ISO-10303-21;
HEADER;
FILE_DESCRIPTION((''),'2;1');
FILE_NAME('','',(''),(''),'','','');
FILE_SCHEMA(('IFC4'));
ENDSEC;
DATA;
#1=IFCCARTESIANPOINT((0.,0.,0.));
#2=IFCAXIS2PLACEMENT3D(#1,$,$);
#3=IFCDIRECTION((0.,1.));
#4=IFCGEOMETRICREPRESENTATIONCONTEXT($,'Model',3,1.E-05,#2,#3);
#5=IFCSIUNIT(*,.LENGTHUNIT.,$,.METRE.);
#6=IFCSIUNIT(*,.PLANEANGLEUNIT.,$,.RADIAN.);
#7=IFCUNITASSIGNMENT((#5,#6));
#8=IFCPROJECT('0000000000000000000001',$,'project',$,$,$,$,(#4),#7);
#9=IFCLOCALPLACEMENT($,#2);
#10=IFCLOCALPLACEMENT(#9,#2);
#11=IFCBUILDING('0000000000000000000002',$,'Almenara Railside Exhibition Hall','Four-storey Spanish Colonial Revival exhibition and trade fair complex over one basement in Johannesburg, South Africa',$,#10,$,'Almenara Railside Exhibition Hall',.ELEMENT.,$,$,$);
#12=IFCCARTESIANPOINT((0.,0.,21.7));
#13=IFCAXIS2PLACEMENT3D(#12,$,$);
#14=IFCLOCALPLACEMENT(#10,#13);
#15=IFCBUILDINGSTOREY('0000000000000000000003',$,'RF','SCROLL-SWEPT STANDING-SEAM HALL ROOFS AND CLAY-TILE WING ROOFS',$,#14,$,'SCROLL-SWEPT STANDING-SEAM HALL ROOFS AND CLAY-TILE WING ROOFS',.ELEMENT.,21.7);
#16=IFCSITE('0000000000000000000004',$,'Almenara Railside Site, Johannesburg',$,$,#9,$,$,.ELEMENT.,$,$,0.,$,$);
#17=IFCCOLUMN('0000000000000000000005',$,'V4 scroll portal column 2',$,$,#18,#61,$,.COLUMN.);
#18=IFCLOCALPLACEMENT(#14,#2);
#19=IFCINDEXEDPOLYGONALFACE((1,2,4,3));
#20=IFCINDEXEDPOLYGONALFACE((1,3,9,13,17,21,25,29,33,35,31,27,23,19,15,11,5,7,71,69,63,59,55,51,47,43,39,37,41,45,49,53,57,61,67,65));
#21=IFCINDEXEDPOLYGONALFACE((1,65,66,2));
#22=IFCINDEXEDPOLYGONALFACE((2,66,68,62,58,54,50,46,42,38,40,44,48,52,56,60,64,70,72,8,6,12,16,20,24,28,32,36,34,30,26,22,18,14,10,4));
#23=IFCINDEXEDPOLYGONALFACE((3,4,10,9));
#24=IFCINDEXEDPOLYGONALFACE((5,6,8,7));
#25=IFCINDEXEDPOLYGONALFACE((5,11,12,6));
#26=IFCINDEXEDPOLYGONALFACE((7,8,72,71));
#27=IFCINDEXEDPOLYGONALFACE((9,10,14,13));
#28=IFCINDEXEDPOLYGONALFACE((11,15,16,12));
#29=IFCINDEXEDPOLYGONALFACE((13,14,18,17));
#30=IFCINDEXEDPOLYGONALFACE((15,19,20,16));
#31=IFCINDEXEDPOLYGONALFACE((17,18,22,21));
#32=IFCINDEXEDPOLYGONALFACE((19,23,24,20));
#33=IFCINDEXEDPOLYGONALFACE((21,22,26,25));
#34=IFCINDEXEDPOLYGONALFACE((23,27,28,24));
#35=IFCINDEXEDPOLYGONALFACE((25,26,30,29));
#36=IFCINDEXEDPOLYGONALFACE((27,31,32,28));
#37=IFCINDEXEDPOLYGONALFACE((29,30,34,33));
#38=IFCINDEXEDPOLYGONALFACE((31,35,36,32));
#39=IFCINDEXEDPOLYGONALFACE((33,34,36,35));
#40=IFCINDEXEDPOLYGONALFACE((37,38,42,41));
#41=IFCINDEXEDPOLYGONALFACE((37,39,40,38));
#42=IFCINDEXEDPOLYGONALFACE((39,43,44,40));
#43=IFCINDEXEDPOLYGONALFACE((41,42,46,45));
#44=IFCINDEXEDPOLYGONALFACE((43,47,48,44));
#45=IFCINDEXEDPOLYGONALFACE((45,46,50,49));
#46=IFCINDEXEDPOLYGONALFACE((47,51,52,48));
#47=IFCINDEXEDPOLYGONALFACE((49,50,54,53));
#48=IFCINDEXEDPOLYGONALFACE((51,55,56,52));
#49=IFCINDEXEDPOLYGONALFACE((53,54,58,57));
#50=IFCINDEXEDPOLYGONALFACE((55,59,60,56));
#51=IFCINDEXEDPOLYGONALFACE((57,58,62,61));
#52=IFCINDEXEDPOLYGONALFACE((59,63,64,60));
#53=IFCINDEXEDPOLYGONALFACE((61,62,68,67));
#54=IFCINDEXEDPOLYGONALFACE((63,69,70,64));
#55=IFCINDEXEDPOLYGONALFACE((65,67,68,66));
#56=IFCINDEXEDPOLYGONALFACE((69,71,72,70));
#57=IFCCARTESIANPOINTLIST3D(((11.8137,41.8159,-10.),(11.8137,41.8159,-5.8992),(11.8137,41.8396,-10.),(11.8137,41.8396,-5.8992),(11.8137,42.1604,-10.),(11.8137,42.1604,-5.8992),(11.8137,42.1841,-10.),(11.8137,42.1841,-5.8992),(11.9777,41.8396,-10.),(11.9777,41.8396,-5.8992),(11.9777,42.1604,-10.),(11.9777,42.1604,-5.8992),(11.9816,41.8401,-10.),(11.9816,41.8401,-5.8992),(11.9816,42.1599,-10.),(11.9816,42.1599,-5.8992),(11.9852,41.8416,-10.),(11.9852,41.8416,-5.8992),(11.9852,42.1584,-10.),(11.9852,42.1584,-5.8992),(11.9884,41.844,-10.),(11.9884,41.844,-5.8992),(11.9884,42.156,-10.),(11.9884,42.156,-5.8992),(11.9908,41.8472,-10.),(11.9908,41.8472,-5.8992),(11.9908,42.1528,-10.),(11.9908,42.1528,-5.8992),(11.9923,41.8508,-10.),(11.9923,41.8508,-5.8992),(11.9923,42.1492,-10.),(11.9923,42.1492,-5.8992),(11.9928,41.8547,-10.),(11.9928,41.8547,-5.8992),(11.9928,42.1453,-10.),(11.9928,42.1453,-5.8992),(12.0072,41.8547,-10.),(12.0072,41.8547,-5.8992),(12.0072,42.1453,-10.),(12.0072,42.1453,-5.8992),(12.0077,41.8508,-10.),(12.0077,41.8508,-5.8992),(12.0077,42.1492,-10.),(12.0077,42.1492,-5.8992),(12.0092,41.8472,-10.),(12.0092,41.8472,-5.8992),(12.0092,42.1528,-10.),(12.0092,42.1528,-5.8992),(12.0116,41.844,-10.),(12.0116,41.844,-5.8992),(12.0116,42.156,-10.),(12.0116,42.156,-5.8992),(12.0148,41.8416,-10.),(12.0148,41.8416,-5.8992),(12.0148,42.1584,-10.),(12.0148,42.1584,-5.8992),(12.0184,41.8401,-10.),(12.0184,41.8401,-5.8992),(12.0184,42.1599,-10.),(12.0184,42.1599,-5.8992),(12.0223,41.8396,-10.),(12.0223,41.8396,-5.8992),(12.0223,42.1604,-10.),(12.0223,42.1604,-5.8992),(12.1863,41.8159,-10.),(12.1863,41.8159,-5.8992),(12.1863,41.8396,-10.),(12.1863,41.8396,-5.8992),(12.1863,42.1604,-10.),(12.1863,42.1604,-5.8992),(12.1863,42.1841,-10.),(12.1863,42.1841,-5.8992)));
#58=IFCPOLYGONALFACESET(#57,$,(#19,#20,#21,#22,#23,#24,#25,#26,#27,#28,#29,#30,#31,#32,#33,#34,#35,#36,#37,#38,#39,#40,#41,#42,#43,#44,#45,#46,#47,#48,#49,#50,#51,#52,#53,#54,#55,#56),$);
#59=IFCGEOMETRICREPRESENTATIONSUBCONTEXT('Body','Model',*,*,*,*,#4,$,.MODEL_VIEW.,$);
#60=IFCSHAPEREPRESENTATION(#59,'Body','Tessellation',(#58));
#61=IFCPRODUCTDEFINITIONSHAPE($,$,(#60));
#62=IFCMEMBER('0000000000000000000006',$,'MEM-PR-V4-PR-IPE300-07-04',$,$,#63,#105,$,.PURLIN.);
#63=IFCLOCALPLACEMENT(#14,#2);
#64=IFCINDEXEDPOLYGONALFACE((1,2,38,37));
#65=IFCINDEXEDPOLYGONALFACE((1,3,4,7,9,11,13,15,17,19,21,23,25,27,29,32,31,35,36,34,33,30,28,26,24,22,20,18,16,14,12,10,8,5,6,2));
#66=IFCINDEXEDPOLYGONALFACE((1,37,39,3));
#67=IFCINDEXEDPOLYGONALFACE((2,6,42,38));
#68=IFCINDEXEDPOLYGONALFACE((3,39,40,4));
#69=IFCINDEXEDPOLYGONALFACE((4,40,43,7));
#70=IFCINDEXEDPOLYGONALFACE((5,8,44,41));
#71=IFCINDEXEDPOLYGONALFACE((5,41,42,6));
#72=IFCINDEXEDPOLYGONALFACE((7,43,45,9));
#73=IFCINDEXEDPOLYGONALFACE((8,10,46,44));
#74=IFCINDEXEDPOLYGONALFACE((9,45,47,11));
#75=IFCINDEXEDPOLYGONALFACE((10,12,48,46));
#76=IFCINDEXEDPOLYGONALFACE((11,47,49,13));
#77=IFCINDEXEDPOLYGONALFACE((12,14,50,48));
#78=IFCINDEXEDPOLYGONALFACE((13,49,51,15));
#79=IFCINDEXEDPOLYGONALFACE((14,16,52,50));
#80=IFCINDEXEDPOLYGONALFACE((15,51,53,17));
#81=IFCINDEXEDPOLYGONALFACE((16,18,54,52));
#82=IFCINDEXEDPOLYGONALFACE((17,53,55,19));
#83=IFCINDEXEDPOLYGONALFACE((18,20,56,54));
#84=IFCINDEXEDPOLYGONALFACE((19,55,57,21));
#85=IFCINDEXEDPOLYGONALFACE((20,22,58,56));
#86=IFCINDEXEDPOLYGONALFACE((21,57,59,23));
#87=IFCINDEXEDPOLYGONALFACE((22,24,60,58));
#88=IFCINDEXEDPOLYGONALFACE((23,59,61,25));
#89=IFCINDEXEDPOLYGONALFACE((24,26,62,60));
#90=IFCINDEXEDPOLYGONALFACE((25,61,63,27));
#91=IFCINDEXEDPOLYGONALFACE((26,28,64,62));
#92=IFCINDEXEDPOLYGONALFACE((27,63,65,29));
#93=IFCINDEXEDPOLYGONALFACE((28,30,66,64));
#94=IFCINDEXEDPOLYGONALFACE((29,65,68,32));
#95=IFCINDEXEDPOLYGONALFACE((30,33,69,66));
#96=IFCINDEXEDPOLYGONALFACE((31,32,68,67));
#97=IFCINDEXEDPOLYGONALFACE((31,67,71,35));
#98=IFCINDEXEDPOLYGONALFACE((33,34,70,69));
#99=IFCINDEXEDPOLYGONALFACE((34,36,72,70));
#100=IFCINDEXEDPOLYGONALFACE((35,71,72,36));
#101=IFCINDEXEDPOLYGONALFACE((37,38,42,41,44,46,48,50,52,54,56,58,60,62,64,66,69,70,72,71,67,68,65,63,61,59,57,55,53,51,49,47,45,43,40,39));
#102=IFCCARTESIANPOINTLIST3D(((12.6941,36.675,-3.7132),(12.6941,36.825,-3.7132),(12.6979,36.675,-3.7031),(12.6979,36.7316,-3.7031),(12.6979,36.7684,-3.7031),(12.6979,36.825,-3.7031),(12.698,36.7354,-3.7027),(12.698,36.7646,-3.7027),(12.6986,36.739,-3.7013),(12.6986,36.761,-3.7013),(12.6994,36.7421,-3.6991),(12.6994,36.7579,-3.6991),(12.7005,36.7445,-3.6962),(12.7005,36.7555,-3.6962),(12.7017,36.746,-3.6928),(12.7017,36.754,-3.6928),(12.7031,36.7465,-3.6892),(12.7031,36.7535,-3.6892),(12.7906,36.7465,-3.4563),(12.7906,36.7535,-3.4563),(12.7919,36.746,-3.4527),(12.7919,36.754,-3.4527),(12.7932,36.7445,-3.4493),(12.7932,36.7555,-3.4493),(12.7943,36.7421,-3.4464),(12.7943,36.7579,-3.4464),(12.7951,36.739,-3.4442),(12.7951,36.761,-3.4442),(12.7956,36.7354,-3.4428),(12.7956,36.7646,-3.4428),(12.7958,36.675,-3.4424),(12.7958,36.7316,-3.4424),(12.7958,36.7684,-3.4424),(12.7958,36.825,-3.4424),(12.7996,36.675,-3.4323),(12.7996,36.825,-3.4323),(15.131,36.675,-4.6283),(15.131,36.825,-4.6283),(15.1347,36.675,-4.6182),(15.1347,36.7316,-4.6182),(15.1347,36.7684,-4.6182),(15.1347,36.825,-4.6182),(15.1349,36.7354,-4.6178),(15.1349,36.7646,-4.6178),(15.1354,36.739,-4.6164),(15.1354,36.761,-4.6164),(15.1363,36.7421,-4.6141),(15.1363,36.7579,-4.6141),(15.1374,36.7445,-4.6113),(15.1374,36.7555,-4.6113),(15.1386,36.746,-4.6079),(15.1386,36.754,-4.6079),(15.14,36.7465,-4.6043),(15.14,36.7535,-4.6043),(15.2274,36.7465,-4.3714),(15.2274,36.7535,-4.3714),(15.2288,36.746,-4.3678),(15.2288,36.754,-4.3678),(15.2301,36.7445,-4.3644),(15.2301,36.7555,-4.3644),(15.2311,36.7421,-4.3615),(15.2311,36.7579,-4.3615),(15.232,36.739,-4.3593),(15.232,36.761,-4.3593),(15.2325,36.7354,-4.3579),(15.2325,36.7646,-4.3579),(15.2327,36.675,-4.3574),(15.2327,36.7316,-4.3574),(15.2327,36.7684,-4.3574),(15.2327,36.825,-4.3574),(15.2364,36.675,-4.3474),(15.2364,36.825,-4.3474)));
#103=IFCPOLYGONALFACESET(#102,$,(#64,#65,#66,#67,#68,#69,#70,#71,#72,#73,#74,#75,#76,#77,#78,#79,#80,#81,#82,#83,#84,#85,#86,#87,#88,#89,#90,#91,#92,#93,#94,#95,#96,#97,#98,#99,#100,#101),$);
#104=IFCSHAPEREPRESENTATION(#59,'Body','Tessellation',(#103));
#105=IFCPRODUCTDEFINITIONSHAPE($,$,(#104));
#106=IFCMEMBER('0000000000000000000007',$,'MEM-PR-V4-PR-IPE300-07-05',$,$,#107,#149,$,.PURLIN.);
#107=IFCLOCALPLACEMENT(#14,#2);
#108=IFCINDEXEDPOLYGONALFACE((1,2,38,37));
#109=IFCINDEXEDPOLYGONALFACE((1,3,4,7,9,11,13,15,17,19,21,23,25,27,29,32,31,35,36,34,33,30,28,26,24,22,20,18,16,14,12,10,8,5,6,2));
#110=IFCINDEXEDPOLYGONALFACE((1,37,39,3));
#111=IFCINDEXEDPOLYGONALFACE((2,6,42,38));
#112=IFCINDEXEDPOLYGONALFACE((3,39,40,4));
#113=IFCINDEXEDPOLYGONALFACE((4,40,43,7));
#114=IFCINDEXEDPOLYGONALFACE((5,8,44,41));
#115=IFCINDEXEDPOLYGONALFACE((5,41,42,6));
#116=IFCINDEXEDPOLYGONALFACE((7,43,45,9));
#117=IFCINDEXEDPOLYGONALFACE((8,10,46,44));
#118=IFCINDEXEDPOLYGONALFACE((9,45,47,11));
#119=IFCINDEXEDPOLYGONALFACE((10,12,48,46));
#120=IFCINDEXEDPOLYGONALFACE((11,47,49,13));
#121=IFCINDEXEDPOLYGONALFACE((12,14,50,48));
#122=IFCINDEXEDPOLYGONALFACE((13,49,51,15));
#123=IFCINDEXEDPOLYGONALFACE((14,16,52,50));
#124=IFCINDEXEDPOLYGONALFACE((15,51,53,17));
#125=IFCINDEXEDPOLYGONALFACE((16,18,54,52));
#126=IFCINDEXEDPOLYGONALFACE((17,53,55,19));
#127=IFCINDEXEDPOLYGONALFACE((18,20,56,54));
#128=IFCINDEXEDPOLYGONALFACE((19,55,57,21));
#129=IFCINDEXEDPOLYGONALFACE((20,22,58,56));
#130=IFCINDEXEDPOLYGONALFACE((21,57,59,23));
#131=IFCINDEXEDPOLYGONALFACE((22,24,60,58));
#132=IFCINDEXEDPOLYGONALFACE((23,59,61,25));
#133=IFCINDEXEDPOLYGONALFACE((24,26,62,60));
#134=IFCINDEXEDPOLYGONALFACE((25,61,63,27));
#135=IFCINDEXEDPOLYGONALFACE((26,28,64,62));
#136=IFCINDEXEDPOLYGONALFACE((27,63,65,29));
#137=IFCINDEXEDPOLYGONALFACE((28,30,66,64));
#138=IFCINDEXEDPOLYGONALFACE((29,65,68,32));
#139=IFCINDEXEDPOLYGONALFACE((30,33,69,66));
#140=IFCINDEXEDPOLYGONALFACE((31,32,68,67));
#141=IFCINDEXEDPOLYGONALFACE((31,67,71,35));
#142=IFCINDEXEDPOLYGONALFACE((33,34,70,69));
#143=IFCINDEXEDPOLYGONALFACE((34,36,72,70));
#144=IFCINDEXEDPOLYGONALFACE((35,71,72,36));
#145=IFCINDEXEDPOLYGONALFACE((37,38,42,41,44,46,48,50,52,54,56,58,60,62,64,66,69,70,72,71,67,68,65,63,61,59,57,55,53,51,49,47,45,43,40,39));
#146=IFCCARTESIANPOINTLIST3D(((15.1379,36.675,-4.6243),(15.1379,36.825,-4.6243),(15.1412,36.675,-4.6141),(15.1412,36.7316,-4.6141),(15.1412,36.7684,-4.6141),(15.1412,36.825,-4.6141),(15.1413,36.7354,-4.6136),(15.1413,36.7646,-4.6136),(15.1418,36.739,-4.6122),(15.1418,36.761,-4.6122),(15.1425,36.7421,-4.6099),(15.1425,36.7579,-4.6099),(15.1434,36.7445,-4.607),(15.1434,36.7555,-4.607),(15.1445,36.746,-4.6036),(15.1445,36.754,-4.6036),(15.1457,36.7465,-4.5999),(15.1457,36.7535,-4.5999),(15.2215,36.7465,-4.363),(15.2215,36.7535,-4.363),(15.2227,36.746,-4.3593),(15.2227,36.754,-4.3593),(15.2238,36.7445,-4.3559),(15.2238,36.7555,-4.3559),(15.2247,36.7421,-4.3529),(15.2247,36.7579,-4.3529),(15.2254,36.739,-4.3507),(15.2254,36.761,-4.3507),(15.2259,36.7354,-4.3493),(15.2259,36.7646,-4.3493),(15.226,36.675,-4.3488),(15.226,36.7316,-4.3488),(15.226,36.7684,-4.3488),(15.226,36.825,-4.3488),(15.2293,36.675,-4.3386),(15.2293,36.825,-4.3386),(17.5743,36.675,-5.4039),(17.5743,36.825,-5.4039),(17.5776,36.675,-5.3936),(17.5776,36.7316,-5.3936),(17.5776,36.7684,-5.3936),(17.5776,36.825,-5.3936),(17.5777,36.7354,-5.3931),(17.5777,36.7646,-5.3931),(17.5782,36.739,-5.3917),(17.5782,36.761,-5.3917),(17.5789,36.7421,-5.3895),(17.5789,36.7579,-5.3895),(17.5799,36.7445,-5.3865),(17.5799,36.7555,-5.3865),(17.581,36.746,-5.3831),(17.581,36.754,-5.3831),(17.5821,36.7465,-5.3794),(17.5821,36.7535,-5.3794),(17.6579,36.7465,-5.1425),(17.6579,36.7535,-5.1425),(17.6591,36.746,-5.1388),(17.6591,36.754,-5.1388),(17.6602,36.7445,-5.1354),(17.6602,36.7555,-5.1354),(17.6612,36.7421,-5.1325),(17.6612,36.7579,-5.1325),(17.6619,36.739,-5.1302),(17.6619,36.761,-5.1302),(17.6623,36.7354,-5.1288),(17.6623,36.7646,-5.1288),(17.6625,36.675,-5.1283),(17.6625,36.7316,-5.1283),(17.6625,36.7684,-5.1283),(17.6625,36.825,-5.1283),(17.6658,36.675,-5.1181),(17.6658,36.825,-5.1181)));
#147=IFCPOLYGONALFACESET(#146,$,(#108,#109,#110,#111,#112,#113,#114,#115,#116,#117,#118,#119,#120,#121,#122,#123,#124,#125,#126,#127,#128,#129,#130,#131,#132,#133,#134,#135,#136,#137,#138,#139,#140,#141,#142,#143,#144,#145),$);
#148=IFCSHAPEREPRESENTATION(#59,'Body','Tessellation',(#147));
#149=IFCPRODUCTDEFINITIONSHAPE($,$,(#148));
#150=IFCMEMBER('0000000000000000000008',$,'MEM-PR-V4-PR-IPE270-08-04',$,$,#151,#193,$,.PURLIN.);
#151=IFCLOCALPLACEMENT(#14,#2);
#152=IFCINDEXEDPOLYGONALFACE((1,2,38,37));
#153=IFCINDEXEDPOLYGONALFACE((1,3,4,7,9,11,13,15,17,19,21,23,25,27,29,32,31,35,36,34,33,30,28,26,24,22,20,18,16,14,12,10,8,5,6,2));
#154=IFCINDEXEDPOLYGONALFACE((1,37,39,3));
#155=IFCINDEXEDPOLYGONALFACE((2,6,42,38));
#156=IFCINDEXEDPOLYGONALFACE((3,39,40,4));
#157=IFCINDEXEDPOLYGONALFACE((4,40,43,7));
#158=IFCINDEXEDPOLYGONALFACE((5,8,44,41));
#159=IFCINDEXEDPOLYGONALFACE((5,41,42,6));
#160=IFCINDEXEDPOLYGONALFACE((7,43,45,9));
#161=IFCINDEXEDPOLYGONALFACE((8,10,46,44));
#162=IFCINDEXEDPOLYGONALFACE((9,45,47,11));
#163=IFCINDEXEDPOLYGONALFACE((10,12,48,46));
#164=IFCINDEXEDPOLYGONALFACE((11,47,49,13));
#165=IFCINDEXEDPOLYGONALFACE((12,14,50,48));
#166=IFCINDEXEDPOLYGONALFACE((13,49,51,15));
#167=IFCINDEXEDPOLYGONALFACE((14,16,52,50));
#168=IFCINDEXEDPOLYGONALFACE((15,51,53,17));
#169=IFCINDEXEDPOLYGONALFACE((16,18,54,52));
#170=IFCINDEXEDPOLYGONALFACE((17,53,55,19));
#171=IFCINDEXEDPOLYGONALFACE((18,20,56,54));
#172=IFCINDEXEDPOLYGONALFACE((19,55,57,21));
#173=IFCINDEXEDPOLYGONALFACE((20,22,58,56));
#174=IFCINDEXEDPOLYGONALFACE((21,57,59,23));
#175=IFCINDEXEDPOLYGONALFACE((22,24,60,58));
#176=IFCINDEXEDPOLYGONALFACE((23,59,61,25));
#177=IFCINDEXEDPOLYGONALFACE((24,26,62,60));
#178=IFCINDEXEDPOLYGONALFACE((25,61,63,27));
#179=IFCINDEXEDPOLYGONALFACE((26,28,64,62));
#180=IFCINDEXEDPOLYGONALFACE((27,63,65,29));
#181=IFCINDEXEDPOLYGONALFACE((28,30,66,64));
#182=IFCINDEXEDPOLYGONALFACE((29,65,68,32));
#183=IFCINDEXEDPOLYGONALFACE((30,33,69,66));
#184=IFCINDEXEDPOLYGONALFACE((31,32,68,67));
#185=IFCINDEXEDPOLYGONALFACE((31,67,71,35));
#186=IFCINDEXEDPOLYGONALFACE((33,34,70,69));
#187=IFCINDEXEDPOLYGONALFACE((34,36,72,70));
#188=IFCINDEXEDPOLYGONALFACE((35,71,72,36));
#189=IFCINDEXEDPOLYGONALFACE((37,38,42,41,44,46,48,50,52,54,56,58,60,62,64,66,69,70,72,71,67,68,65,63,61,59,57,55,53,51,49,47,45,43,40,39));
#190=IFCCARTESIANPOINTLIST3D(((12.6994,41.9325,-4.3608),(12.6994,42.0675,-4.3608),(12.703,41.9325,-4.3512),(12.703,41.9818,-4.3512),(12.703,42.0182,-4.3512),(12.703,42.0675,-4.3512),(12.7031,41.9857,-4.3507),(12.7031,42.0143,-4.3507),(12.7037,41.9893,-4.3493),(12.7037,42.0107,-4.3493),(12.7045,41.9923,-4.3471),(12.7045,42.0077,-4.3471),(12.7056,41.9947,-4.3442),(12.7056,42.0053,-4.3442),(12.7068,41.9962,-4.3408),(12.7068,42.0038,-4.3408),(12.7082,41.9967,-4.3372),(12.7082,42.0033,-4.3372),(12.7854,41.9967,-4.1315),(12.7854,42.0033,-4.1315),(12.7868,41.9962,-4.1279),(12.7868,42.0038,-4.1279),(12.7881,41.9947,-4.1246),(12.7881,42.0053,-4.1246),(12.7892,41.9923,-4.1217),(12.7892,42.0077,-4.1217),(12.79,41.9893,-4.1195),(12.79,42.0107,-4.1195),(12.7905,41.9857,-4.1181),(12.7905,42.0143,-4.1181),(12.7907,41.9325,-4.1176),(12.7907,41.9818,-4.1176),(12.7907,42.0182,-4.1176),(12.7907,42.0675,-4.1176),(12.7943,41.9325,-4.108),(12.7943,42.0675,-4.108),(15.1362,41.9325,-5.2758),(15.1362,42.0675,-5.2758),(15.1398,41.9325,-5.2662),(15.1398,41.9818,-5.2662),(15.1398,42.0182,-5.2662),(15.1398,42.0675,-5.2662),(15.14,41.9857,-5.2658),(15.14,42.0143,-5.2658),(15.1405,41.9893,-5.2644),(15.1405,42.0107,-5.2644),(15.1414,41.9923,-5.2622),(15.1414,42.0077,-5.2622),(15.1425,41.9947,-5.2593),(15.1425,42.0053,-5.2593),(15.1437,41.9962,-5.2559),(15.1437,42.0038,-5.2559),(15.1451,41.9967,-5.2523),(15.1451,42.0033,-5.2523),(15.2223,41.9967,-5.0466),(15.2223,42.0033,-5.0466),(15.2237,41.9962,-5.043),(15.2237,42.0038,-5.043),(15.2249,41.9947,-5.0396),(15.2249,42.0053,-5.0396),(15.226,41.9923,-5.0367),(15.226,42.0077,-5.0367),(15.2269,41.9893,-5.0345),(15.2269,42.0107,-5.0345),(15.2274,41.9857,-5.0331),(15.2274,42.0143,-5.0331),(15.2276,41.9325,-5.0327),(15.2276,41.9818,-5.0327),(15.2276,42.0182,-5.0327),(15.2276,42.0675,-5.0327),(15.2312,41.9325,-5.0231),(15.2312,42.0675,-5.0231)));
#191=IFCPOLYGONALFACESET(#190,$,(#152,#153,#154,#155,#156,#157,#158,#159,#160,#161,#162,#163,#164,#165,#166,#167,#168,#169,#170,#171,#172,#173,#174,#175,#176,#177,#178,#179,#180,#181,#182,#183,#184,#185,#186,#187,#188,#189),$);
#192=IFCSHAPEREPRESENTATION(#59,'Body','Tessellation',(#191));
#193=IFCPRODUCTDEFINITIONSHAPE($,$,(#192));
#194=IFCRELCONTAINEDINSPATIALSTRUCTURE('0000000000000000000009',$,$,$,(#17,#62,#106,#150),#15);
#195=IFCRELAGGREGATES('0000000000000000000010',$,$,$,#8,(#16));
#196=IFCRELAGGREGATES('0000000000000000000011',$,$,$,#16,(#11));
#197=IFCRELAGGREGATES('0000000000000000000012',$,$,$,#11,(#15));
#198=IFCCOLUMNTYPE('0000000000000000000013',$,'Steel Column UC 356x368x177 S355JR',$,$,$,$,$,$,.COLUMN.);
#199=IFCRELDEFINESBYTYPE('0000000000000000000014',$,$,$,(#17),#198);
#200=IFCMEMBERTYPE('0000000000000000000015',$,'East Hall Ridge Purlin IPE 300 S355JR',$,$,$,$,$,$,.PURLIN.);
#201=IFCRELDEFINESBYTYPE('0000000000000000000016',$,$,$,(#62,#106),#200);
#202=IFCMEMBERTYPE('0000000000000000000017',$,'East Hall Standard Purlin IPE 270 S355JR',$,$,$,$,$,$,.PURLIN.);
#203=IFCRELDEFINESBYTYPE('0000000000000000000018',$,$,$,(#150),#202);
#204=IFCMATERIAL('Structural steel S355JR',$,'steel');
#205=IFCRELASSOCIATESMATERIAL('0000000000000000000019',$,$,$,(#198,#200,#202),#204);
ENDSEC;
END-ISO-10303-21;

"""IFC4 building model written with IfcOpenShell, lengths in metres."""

from ifc_helpers import new_model, si_unit, direction, frame, origin, origin_2d, place, context, subcontext, project, spatial, i_section, extrude, material, material_profile, profile_set, type_object, element, save


model = new_model("IFC4")

# Units and contexts
model_context = context("Model", 3, precision=1e-05, world=origin(), true_north=direction((0.0, 1.0)))
body_context = subcontext(model_context, "Body", "Model", "MODEL_VIEW")
ifc_project = project(units=[si_unit("LENGTHUNIT", "METRE"), si_unit("PLANEANGLEUNIT", "RADIAN")], contexts=[model_context])

# Site, building, storey
site_placement = place(None, origin())
site = spatial("IfcSite", under=ifc_project, at=site_placement, Name="Almenara Railside Site, Johannesburg", CompositionType="ELEMENT", RefElevation=0.0)
building_placement = place(site_placement, origin())
building = spatial("IfcBuilding", under=site, at=building_placement, Name="Almenara Railside Exhibition Hall", Description="Four-storey Spanish Colonial Revival exhibition and trade fair complex over one basement in Johannesburg, South Africa", LongName="Almenara Railside Exhibition Hall", CompositionType="ELEMENT")
storey_placement = place(building_placement, frame((0.0, 0.0, 21.7)))
storey = spatial("IfcBuildingStorey", under=building, at=storey_placement, Name="RF", Description="SCROLL-SWEPT STANDING-SEAM HALL ROOFS AND CLAY-TILE WING ROOFS", LongName="SCROLL-SWEPT STANDING-SEAM HALL ROOFS AND CLAY-TILE WING ROOFS", CompositionType="ELEMENT", Elevation=21.7)

# Column
ifc_material_1 = material(Name="Structural steel S355JR", Category="steel")
ifc_material_profile_1 = material_profile(ifc_material_1, i_section(OverallWidth=0.3726, OverallDepth=0.3682, WebThickness=0.0144, FlangeThickness=0.0237, FilletRadius=0.0151, at=origin_2d()), Name="UC 356x368x177")
ifc_profile_set_1 = profile_set([ifc_material_profile_1], Name="Structural steel S355JR")
column_type = type_object("IfcColumnType", Name="Steel Column UC 356x368x177 S355JR", PredefinedType="COLUMN", material=ifc_profile_set_1)
column_placement = place(storey_placement, frame((12.0, 42.0, -10.0), z_axis=(0.0, 0.0, 1.0), x_axis=(1.0, 0.0, 0.0)))
element("IfcColumn", 1, at=column_placement, inside=storey, type_object=column_type, Name="V4 scroll portal column 2", PredefinedType="COLUMN", context=body_context, shape_type="SweptSolid", body=[
    extrude(i_section(OverallWidth=0.3726, OverallDepth=0.3682, WebThickness=0.0144, FlangeThickness=0.0237, FilletRadius=0.0151, at=origin_2d()), origin(), (0.0, 0.0, 1.0), 4.1008),
])

# Members
ifc_material_profile_2 = material_profile(ifc_material_1, i_section(OverallWidth=0.1499, OverallDepth=0.3, WebThickness=0.0071, FlangeThickness=0.0107, FilletRadius=0.0149, at=origin_2d()), Name="IPE 300")
ifc_profile_set_2 = profile_set([ifc_material_profile_2], Name="Structural steel S355JR")
member_type_1 = type_object("IfcMemberType", Name="East Hall Ridge Purlin IPE 300 S355JR", PredefinedType="PURLIN", material=ifc_profile_set_2)
member_1_placement = place(storey_placement, frame((12.7468, 36.75, -3.5728), z_axis=(0.936171, 0.0, -0.351545), x_axis=(0.0, 1.0, 0.0)))
element("IfcMember", 2, at=member_1_placement, inside=storey, type_object=member_type_1, Name="MEM-PR-V4-PR-IPE300-07-04", PredefinedType="PURLIN", context=body_context, shape_type="SweptSolid", body=[
    extrude(i_section(OverallWidth=0.1499, OverallDepth=0.3, WebThickness=0.0071, FlangeThickness=0.0107, FilletRadius=0.0149, at=origin_2d()), origin(), (0.0, 0.0, 1.0), 2.603),
])
member_2_placement = place(storey_placement, frame((15.1836, 36.75, -4.4814), z_axis=(0.952441, 0.0, -0.304724), x_axis=(0.0, 1.0, 0.0)))
element("IfcMember", 3, at=member_2_placement, inside=storey, type_object=member_type_1, Name="MEM-PR-V4-PR-IPE300-07-05", PredefinedType="PURLIN", context=body_context, shape_type="SweptSolid", body=[
    extrude(i_section(OverallWidth=0.1499, OverallDepth=0.3, WebThickness=0.0071, FlangeThickness=0.0107, FilletRadius=0.0149, at=origin_2d()), origin(), (0.0, 0.0, 1.0), 2.5581),
])
ifc_material_profile_3 = material_profile(ifc_material_1, i_section(OverallWidth=0.135, OverallDepth=0.27, WebThickness=0.0066, FlangeThickness=0.0103, FilletRadius=0.0149, at=origin_2d()), Name="IPE 270")
ifc_profile_set_3 = profile_set([ifc_material_profile_3], Name="Structural steel S355JR")
member_type_2 = type_object("IfcMemberType", Name="East Hall Standard Purlin IPE 270 S355JR", PredefinedType="PURLIN", material=ifc_profile_set_3)
member_3_placement = place(storey_placement, frame((12.7468, 42.0, -4.2344), z_axis=(0.936171, 0.0, -0.351545), x_axis=(0.0, 1.0, 0.0)))
element("IfcMember", 4, at=member_3_placement, inside=storey, type_object=member_type_2, Name="MEM-PR-V4-PR-IPE270-08-04", PredefinedType="PURLIN", context=body_context, shape_type="SweptSolid", body=[
    extrude(i_section(OverallWidth=0.135, OverallDepth=0.27, WebThickness=0.0066, FlangeThickness=0.0103, FilletRadius=0.0149, at=origin_2d()), origin(), (0.0, 0.0, 1.0), 2.603),
])

save(model, "model.ifc")
